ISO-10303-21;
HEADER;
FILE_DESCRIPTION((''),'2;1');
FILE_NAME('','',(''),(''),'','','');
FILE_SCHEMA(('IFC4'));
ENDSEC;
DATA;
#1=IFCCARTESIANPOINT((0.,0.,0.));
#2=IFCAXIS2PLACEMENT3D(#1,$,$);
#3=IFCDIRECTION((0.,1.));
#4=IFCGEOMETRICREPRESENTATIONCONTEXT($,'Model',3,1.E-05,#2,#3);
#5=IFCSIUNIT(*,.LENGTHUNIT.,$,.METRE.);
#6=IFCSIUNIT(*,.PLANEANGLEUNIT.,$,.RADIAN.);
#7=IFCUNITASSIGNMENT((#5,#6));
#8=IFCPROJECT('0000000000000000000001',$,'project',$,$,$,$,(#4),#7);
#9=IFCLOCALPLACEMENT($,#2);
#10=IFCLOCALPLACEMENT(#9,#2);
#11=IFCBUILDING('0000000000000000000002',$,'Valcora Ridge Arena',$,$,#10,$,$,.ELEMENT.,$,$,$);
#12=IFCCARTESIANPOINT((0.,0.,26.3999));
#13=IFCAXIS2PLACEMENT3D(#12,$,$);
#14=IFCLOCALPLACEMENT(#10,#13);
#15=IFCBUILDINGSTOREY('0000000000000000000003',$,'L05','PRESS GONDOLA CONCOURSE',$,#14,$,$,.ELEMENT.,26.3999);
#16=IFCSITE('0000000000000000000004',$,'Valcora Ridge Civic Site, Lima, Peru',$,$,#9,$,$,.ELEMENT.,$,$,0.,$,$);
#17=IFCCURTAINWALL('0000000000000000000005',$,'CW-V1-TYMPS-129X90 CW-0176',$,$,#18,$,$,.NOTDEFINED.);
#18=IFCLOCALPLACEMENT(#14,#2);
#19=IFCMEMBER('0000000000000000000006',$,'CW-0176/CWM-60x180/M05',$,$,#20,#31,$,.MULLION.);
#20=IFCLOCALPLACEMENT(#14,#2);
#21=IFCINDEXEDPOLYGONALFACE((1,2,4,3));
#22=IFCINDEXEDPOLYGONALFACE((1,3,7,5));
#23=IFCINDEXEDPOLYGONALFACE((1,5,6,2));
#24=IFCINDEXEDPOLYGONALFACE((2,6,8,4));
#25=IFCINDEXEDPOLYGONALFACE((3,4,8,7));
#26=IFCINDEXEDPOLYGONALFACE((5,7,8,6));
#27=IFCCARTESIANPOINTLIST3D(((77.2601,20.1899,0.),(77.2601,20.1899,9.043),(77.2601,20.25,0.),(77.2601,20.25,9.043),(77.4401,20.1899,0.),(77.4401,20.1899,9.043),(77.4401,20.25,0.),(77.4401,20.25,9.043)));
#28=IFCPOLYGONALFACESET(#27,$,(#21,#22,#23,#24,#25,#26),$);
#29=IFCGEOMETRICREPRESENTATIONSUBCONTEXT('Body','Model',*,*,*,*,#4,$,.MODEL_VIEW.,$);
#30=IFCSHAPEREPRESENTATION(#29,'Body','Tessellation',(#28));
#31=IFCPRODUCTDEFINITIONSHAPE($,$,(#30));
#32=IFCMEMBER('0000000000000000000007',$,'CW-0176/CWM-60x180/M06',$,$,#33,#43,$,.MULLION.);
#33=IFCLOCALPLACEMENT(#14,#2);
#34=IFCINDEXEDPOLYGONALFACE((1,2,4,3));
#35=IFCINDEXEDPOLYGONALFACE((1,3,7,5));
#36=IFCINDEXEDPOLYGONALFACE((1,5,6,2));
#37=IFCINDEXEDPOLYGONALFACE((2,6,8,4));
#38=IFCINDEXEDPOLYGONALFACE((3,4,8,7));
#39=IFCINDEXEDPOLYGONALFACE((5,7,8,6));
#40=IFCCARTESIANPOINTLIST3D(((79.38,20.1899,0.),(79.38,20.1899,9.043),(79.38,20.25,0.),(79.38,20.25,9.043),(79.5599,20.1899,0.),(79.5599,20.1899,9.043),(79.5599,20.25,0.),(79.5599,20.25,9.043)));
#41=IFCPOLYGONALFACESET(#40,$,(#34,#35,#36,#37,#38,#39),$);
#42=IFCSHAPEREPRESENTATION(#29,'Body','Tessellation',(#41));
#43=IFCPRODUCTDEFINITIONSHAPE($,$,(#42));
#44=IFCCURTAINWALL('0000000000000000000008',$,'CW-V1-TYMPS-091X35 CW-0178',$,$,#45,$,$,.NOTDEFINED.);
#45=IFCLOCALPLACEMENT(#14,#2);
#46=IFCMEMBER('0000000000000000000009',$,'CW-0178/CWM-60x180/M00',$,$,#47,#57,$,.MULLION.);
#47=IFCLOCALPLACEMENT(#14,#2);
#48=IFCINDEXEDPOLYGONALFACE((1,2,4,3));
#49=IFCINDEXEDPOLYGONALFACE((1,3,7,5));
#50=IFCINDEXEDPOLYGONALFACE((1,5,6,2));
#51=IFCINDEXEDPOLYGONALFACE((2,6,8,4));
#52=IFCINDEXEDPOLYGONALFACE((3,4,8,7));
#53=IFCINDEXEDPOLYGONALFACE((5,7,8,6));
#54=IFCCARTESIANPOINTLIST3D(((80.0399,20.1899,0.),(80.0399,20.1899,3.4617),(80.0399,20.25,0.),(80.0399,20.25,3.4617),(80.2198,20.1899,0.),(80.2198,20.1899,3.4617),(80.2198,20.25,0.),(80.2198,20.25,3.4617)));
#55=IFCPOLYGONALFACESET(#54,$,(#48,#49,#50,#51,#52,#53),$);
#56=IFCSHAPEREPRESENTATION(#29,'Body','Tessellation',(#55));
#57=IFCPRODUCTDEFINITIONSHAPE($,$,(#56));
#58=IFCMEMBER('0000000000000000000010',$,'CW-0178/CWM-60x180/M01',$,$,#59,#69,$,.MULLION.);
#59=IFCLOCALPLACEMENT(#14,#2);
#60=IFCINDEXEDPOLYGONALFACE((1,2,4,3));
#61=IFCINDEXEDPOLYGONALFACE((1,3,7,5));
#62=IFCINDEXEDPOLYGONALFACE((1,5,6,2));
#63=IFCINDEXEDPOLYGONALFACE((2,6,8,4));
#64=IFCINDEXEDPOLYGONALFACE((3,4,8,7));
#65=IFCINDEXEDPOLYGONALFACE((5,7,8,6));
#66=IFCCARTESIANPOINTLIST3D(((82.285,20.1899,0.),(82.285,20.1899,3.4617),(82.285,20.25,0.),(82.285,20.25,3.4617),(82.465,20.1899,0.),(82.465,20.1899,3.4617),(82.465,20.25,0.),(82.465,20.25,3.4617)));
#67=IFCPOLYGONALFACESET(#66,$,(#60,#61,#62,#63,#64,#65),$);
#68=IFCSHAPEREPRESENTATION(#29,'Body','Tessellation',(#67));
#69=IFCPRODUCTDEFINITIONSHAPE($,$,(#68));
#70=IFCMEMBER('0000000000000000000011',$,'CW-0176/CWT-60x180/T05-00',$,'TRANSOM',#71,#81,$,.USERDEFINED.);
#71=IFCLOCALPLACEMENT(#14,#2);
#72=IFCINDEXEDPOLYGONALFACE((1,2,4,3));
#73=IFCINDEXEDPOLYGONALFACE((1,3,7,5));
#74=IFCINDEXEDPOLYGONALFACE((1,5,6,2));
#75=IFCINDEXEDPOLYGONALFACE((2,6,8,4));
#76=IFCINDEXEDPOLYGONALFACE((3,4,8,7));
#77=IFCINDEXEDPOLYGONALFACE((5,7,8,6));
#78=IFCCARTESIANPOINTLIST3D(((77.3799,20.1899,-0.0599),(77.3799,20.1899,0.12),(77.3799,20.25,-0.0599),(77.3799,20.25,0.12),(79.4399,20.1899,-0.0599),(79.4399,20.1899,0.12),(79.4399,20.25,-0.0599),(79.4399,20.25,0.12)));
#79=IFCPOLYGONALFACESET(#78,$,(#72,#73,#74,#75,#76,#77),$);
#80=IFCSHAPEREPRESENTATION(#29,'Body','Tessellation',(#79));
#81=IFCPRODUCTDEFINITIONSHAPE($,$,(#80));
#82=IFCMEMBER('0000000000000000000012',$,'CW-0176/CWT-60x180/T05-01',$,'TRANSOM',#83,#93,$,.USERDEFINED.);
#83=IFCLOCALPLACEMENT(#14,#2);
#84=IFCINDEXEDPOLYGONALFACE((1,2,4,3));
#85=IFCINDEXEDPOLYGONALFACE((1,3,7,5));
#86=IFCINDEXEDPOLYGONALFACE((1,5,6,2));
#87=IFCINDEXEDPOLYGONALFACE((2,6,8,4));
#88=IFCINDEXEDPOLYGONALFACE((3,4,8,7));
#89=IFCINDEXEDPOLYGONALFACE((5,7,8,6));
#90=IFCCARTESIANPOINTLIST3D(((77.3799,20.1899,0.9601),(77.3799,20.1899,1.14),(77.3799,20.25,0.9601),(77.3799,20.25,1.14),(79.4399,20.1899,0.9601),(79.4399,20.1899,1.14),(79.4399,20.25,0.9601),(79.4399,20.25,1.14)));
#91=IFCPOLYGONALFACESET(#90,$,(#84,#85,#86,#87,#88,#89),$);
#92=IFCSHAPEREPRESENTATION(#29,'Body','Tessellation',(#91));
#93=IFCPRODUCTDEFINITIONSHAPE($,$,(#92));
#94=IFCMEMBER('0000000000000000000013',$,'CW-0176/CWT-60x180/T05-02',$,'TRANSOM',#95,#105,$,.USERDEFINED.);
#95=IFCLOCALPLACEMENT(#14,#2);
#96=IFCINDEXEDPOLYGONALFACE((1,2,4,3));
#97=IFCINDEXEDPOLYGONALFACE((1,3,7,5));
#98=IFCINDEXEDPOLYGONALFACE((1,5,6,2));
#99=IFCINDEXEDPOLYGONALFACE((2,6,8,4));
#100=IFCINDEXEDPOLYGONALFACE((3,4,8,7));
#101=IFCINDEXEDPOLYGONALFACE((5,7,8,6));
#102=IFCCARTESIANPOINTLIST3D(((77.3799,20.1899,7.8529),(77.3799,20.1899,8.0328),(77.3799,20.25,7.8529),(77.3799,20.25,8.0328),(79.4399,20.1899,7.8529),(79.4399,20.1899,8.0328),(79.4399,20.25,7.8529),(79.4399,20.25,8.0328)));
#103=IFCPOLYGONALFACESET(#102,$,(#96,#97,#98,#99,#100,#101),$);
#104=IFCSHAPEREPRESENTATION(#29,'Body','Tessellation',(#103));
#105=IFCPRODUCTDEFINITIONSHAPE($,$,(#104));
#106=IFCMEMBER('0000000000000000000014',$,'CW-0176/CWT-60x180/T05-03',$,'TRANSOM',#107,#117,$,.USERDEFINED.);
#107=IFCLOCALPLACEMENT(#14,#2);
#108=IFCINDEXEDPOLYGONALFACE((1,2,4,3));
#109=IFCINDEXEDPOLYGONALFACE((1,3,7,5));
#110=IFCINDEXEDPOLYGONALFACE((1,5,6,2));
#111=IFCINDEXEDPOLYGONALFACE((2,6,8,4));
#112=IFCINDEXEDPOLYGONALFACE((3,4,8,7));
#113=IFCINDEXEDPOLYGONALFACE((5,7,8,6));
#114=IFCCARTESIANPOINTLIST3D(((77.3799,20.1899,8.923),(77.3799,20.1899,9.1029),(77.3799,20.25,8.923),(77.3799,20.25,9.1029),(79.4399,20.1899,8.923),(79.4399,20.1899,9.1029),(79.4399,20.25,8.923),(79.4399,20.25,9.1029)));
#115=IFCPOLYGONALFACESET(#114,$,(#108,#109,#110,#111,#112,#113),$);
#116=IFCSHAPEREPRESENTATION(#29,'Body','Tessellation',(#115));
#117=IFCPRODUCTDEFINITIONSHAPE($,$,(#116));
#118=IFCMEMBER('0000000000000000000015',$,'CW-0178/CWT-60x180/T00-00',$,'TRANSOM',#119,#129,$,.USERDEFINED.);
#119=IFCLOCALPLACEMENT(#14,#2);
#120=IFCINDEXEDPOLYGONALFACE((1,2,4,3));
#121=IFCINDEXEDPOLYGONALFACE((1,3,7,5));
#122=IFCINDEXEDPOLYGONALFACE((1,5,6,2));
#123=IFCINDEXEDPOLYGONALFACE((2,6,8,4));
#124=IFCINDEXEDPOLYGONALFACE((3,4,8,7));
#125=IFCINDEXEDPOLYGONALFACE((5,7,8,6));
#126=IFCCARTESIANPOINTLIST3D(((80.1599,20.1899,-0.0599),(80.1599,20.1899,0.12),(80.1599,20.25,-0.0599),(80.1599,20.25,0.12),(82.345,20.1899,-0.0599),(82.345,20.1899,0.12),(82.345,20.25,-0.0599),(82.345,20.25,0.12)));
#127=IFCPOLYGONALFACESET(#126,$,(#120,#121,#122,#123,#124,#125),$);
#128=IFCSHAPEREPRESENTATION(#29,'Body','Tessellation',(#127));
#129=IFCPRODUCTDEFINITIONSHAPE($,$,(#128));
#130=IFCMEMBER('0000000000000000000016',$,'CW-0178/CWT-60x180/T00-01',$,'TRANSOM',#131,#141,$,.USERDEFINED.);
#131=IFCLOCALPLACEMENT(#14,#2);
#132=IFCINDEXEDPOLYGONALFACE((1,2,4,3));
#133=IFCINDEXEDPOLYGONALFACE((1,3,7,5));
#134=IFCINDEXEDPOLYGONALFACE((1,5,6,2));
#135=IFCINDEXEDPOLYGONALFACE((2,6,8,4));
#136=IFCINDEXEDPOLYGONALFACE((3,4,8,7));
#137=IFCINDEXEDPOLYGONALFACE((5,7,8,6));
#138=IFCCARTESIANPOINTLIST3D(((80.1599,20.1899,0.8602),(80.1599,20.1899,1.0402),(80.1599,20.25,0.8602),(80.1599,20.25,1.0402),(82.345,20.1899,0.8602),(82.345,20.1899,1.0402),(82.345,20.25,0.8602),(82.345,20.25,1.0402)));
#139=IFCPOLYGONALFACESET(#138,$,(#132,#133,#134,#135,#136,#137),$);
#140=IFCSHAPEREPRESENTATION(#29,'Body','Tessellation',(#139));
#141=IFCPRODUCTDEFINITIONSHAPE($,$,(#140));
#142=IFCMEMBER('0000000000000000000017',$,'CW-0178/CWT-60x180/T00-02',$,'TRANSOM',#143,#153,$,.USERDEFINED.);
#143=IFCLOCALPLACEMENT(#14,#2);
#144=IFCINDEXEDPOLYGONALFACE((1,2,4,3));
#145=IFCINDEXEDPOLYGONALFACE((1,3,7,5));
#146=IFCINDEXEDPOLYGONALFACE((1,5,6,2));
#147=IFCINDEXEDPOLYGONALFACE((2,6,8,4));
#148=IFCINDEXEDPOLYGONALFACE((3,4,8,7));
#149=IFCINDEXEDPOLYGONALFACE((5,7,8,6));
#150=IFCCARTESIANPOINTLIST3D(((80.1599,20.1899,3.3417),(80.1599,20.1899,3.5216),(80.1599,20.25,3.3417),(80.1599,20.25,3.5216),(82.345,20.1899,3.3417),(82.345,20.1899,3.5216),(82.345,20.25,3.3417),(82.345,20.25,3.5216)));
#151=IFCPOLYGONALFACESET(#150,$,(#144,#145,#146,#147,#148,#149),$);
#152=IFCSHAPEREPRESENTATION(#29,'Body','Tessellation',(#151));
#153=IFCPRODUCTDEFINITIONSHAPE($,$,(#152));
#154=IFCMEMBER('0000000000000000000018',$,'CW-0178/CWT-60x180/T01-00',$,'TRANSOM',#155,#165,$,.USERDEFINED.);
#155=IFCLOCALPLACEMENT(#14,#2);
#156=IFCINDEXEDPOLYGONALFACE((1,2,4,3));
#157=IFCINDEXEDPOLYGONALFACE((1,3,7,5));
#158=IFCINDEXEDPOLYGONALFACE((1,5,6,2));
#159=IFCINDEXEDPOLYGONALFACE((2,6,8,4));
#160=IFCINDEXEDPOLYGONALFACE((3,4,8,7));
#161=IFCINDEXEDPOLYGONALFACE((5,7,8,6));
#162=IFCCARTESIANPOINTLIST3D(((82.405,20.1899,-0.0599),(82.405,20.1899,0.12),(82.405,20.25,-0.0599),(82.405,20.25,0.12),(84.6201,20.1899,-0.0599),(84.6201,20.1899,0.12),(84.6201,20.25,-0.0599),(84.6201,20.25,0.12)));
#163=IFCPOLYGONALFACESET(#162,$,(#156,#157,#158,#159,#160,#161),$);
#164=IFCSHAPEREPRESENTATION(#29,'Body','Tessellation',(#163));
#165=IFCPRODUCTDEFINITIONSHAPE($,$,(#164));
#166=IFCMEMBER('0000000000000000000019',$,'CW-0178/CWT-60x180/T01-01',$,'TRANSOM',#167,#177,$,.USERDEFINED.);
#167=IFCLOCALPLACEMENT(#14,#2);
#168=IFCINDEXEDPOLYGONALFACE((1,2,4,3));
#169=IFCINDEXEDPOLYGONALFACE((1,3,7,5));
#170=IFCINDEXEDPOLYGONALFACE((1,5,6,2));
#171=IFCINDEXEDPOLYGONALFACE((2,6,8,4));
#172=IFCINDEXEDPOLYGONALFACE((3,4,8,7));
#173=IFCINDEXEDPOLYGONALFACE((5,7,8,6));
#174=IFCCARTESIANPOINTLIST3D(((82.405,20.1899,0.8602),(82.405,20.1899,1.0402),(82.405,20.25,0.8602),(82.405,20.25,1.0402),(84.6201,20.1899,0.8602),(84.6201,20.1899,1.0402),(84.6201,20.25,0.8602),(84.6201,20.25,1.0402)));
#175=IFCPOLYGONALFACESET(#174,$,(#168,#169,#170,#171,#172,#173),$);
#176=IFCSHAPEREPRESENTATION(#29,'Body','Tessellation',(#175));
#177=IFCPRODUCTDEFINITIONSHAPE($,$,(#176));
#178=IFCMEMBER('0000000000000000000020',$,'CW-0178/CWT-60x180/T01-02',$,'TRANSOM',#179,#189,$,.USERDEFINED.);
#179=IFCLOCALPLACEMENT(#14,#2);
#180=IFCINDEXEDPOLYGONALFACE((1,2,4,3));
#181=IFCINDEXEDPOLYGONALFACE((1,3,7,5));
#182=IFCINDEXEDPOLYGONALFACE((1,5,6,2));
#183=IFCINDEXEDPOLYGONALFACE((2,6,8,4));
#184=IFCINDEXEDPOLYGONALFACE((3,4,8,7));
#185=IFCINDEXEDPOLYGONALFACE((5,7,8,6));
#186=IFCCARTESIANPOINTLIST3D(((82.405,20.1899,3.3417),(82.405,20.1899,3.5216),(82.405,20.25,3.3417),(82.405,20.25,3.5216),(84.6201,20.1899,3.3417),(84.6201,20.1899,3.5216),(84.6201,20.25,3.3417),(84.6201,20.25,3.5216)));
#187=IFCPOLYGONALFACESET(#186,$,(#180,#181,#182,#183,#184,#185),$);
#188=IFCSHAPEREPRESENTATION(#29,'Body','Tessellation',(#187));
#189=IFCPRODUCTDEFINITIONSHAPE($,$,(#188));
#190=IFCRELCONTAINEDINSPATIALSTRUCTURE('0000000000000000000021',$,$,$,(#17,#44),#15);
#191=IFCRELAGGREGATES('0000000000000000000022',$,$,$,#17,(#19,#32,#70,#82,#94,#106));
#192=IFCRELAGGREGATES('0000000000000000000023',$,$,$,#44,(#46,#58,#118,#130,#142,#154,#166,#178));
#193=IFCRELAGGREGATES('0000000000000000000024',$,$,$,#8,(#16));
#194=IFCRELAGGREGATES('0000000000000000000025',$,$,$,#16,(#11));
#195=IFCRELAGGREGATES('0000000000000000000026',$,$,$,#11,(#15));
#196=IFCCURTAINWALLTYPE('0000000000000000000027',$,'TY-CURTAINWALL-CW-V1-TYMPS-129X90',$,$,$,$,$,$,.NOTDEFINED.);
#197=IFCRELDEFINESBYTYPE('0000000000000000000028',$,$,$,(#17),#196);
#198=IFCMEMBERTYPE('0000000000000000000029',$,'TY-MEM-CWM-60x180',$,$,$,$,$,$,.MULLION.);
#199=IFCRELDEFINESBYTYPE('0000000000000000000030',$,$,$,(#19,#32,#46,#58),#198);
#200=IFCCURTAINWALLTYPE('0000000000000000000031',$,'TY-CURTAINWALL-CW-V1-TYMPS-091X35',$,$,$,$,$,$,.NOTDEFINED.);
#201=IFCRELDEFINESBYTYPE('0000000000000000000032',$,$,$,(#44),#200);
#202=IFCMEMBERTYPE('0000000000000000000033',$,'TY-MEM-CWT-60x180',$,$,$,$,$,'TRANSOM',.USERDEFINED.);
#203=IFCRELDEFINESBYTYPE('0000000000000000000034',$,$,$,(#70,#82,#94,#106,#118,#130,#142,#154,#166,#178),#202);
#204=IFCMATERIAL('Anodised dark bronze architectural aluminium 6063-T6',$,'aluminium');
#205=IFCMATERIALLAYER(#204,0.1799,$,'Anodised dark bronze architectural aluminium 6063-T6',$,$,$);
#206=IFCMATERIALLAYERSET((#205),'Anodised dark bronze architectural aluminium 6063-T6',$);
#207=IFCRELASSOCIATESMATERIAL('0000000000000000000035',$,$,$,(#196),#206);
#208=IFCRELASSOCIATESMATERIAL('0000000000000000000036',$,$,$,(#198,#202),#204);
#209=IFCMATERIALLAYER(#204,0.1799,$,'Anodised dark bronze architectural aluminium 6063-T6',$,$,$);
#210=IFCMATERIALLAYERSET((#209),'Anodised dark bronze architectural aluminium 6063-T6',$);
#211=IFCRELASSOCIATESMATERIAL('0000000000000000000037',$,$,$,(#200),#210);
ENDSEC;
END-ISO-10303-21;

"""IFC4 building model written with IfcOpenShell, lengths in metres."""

from ifc_helpers import new_model, si_unit, direction, frame, origin, origin_2d, place, context, subcontext, project, spatial, rectangle, extrude, material, layer, layer_set, material_profile, profile_set, type_object, element, aggregate, save


model = new_model("IFC4")

# Units and contexts
model_context = context("Model", 3, precision=1e-05, world=origin(), true_north=direction((0.0, 1.0)))
body_context = subcontext(model_context, "Body", "Model", "MODEL_VIEW")
ifc_project = project(units=[si_unit("LENGTHUNIT", "METRE"), si_unit("PLANEANGLEUNIT", "RADIAN")], contexts=[model_context])

# Site, building, storey
site_placement = place(None, origin())
site = spatial("IfcSite", under=ifc_project, at=site_placement, Name="Valcora Ridge Civic Site, Lima, Peru", CompositionType="ELEMENT", RefElevation=0.0)
building_placement = place(site_placement, origin())
building = spatial("IfcBuilding", under=site, at=building_placement, Name="Valcora Ridge Arena", CompositionType="ELEMENT")
storey_placement = place(building_placement, frame((0.0, 0.0, 26.3999)))
storey = spatial("IfcBuildingStorey", under=building, at=storey_placement, Name="L05", Description="PRESS GONDOLA CONCOURSE", CompositionType="ELEMENT", Elevation=26.3999)

# Curtain walls, members
ifc_material_1 = material(Name="Anodised dark bronze architectural aluminium 6063-T6", Category="aluminium")
ifc_layer_1 = layer(ifc_material_1, 0.1799, Name="Anodised dark bronze architectural aluminium 6063-T6")
ifc_layer_set_1 = layer_set([ifc_layer_1], Name="Anodised dark bronze architectural aluminium 6063-T6")
curtain_wall_type_1 = type_object("IfcCurtainWallType", Name="TY-CURTAINWALL-CW-V1-TYMPS-129X90", PredefinedType="NOTDEFINED", material=ifc_layer_set_1)
curtain_wall_1_placement = place(storey_placement, origin())
curtain_wall_1 = element("IfcCurtainWall", 1, at=curtain_wall_1_placement, inside=storey, type_object=curtain_wall_type_1, Name="CW-V1-TYMPS-129X90 CW-0176", PredefinedType="NOTDEFINED")
ifc_material_profile_1 = material_profile(ifc_material_1, rectangle(XDim=0.0601, YDim=0.1799, at=origin_2d()), Name="ALU MULLION 60x180")
ifc_profile_set_1 = profile_set([ifc_material_profile_1], Name="Anodised dark bronze architectural aluminium 6063-T6")
member_type_1 = type_object("IfcMemberType", Name="TY-MEM-CWM-60x180", PredefinedType="MULLION", material=ifc_profile_set_1)
member_1_placement = place(storey_placement, frame((77.3501, 20.22, 0.0), z_axis=(0.0, 0.0, 1.0), x_axis=(0.0, 1.0, 0.0)))
member_1 = element("IfcMember", 2, at=member_1_placement, type_object=member_type_1, Name="CW-0176/CWM-60x180/M05", PredefinedType="MULLION", context=body_context, shape_type="SweptSolid", body=[
    extrude(rectangle(XDim=0.0601, YDim=0.1799, at=origin_2d()), origin(), (0.0, 0.0, 1.0), 9.043),
])
member_2_placement = place(storey_placement, frame((79.47, 20.22, 0.0), z_axis=(0.0, 0.0, 1.0), x_axis=(0.0, 1.0, 0.0)))
member_2 = element("IfcMember", 3, at=member_2_placement, type_object=member_type_1, Name="CW-0176/CWM-60x180/M06", PredefinedType="MULLION", context=body_context, shape_type="SweptSolid", body=[
    extrude(rectangle(XDim=0.0601, YDim=0.1799, at=origin_2d()), origin(), (0.0, 0.0, 1.0), 9.043),
])
ifc_layer_2 = layer(ifc_material_1, 0.1799, Name="Anodised dark bronze architectural aluminium 6063-T6")
ifc_layer_set_2 = layer_set([ifc_layer_2], Name="Anodised dark bronze architectural aluminium 6063-T6")
curtain_wall_type_2 = type_object("IfcCurtainWallType", Name="TY-CURTAINWALL-CW-V1-TYMPS-091X35", PredefinedType="NOTDEFINED", material=ifc_layer_set_2)
curtain_wall_2_placement = place(storey_placement, origin())
curtain_wall_2 = element("IfcCurtainWall", 4, at=curtain_wall_2_placement, inside=storey, type_object=curtain_wall_type_2, Name="CW-V1-TYMPS-091X35 CW-0178", PredefinedType="NOTDEFINED")
member_3_placement = place(storey_placement, frame((80.1299, 20.22, 0.0), z_axis=(0.0, 0.0, 1.0), x_axis=(0.0, 1.0, 0.0)))
member_3 = element("IfcMember", 5, at=member_3_placement, type_object=member_type_1, Name="CW-0178/CWM-60x180/M00", PredefinedType="MULLION", context=body_context, shape_type="SweptSolid", body=[
    extrude(rectangle(XDim=0.0601, YDim=0.1799, at=origin_2d()), origin(), (0.0, 0.0, 1.0), 3.4617),
])
member_4_placement = place(storey_placement, frame((82.375, 20.22, 0.0), z_axis=(0.0, 0.0, 1.0), x_axis=(0.0, 1.0, 0.0)))
member_4 = element("IfcMember", 6, at=member_4_placement, type_object=member_type_1, Name="CW-0178/CWM-60x180/M01", PredefinedType="MULLION", context=body_context, shape_type="SweptSolid", body=[
    extrude(rectangle(XDim=0.0601, YDim=0.1799, at=origin_2d()), origin(), (0.0, 0.0, 1.0), 3.4617),
])

# Members
ifc_material_profile_2 = material_profile(ifc_material_1, rectangle(XDim=0.0601, YDim=0.1799, at=origin_2d()), Name="ALU TRANSOM 60x180")
ifc_profile_set_2 = profile_set([ifc_material_profile_2], Name="Anodised dark bronze architectural aluminium 6063-T6")
member_type_2 = type_object("IfcMemberType", Name="TY-MEM-CWT-60x180", ElementType="TRANSOM", PredefinedType="USERDEFINED", material=ifc_profile_set_2)
member_5_placement = place(storey_placement, frame((77.3799, 20.22, 0.03), z_axis=(1.0, 0.0, 0.0), x_axis=(0.0, 1.0, 0.0)))
member_5 = element("IfcMember", 7, at=member_5_placement, type_object=member_type_2, Name="CW-0176/CWT-60x180/T05-00", ObjectType="TRANSOM", PredefinedType="USERDEFINED", context=body_context, shape_type="SweptSolid", body=[
    extrude(rectangle(XDim=0.0601, YDim=0.1799, at=origin_2d()), origin(), (0.0, 0.0, 1.0), 2.0601),
])
member_6_placement = place(storey_placement, frame((77.3799, 20.22, 1.05), z_axis=(1.0, 0.0, 0.0), x_axis=(0.0, 1.0, 0.0)))
member_6 = element("IfcMember", 8, at=member_6_placement, type_object=member_type_2, Name="CW-0176/CWT-60x180/T05-01", ObjectType="TRANSOM", PredefinedType="USERDEFINED", context=body_context, shape_type="SweptSolid", body=[
    extrude(rectangle(XDim=0.0601, YDim=0.1799, at=origin_2d()), origin(), (0.0, 0.0, 1.0), 2.0601),
])
member_7_placement = place(storey_placement, frame((77.3799, 20.22, 7.9429), z_axis=(1.0, 0.0, 0.0), x_axis=(0.0, 1.0, 0.0)))
member_7 = element("IfcMember", 9, at=member_7_placement, type_object=member_type_2, Name="CW-0176/CWT-60x180/T05-02", ObjectType="TRANSOM", PredefinedType="USERDEFINED", context=body_context, shape_type="SweptSolid", body=[
    extrude(rectangle(XDim=0.0601, YDim=0.1799, at=origin_2d()), origin(), (0.0, 0.0, 1.0), 2.0601),
])
member_8_placement = place(storey_placement, frame((77.3799, 20.22, 9.0129), z_axis=(1.0, 0.0, 0.0), x_axis=(0.0, 1.0, 0.0)))
member_8 = element("IfcMember", 10, at=member_8_placement, type_object=member_type_2, Name="CW-0176/CWT-60x180/T05-03", ObjectType="TRANSOM", PredefinedType="USERDEFINED", context=body_context, shape_type="SweptSolid", body=[
    extrude(rectangle(XDim=0.0601, YDim=0.1799, at=origin_2d()), origin(), (0.0, 0.0, 1.0), 2.0601),
])
member_9_placement = place(storey_placement, frame((80.1599, 20.22, 0.03), z_axis=(1.0, 0.0, 0.0), x_axis=(0.0, 1.0, 0.0)))
member_9 = element("IfcMember", 11, at=member_9_placement, type_object=member_type_2, Name="CW-0178/CWT-60x180/T00-00", ObjectType="TRANSOM", PredefinedType="USERDEFINED", context=body_context, shape_type="SweptSolid", body=[
    extrude(rectangle(XDim=0.0601, YDim=0.1799, at=origin_2d()), origin(), (0.0, 0.0, 1.0), 2.1851),
])
member_10_placement = place(storey_placement, frame((80.1599, 20.22, 0.9502), z_axis=(1.0, 0.0, 0.0), x_axis=(0.0, 1.0, 0.0)))
member_10 = element("IfcMember", 12, at=member_10_placement, type_object=member_type_2, Name="CW-0178/CWT-60x180/T00-01", ObjectType="TRANSOM", PredefinedType="USERDEFINED", context=body_context, shape_type="SweptSolid", body=[
    extrude(rectangle(XDim=0.0601, YDim=0.1799, at=origin_2d()), origin(), (0.0, 0.0, 1.0), 2.1851),
])
member_11_placement = place(storey_placement, frame((80.1599, 20.22, 3.4316), z_axis=(1.0, 0.0, 0.0), x_axis=(0.0, 1.0, 0.0)))
member_11 = element("IfcMember", 13, at=member_11_placement, type_object=member_type_2, Name="CW-0178/CWT-60x180/T00-02", ObjectType="TRANSOM", PredefinedType="USERDEFINED", context=body_context, shape_type="SweptSolid", body=[
    extrude(rectangle(XDim=0.0601, YDim=0.1799, at=origin_2d()), origin(), (0.0, 0.0, 1.0), 2.1851),
])
member_12_placement = place(storey_placement, frame((82.405, 20.22, 0.03), z_axis=(1.0, 0.0, 0.0), x_axis=(0.0, 1.0, 0.0)))
member_12 = element("IfcMember", 14, at=member_12_placement, type_object=member_type_2, Name="CW-0178/CWT-60x180/T01-00", ObjectType="TRANSOM", PredefinedType="USERDEFINED", context=body_context, shape_type="SweptSolid", body=[
    extrude(rectangle(XDim=0.0601, YDim=0.1799, at=origin_2d()), origin(), (0.0, 0.0, 1.0), 2.2151),
])
member_13_placement = place(storey_placement, frame((82.405, 20.22, 0.9502), z_axis=(1.0, 0.0, 0.0), x_axis=(0.0, 1.0, 0.0)))
member_13 = element("IfcMember", 15, at=member_13_placement, type_object=member_type_2, Name="CW-0178/CWT-60x180/T01-01", ObjectType="TRANSOM", PredefinedType="USERDEFINED", context=body_context, shape_type="SweptSolid", body=[
    extrude(rectangle(XDim=0.0601, YDim=0.1799, at=origin_2d()), origin(), (0.0, 0.0, 1.0), 2.2151),
])
member_14_placement = place(storey_placement, frame((82.405, 20.22, 3.4316), z_axis=(1.0, 0.0, 0.0), x_axis=(0.0, 1.0, 0.0)))
member_14 = element("IfcMember", 16, at=member_14_placement, type_object=member_type_2, Name="CW-0178/CWT-60x180/T01-02", ObjectType="TRANSOM", PredefinedType="USERDEFINED", context=body_context, shape_type="SweptSolid", body=[
    extrude(rectangle(XDim=0.0601, YDim=0.1799, at=origin_2d()), origin(), (0.0, 0.0, 1.0), 2.2151),
])

aggregate(curtain_wall_1, [member_1, member_2, member_5, member_6, member_7, member_8])
aggregate(curtain_wall_2, [member_3, member_4, member_9, member_10, member_11, member_12, member_13, member_14])

save(model, "model.ifc")
